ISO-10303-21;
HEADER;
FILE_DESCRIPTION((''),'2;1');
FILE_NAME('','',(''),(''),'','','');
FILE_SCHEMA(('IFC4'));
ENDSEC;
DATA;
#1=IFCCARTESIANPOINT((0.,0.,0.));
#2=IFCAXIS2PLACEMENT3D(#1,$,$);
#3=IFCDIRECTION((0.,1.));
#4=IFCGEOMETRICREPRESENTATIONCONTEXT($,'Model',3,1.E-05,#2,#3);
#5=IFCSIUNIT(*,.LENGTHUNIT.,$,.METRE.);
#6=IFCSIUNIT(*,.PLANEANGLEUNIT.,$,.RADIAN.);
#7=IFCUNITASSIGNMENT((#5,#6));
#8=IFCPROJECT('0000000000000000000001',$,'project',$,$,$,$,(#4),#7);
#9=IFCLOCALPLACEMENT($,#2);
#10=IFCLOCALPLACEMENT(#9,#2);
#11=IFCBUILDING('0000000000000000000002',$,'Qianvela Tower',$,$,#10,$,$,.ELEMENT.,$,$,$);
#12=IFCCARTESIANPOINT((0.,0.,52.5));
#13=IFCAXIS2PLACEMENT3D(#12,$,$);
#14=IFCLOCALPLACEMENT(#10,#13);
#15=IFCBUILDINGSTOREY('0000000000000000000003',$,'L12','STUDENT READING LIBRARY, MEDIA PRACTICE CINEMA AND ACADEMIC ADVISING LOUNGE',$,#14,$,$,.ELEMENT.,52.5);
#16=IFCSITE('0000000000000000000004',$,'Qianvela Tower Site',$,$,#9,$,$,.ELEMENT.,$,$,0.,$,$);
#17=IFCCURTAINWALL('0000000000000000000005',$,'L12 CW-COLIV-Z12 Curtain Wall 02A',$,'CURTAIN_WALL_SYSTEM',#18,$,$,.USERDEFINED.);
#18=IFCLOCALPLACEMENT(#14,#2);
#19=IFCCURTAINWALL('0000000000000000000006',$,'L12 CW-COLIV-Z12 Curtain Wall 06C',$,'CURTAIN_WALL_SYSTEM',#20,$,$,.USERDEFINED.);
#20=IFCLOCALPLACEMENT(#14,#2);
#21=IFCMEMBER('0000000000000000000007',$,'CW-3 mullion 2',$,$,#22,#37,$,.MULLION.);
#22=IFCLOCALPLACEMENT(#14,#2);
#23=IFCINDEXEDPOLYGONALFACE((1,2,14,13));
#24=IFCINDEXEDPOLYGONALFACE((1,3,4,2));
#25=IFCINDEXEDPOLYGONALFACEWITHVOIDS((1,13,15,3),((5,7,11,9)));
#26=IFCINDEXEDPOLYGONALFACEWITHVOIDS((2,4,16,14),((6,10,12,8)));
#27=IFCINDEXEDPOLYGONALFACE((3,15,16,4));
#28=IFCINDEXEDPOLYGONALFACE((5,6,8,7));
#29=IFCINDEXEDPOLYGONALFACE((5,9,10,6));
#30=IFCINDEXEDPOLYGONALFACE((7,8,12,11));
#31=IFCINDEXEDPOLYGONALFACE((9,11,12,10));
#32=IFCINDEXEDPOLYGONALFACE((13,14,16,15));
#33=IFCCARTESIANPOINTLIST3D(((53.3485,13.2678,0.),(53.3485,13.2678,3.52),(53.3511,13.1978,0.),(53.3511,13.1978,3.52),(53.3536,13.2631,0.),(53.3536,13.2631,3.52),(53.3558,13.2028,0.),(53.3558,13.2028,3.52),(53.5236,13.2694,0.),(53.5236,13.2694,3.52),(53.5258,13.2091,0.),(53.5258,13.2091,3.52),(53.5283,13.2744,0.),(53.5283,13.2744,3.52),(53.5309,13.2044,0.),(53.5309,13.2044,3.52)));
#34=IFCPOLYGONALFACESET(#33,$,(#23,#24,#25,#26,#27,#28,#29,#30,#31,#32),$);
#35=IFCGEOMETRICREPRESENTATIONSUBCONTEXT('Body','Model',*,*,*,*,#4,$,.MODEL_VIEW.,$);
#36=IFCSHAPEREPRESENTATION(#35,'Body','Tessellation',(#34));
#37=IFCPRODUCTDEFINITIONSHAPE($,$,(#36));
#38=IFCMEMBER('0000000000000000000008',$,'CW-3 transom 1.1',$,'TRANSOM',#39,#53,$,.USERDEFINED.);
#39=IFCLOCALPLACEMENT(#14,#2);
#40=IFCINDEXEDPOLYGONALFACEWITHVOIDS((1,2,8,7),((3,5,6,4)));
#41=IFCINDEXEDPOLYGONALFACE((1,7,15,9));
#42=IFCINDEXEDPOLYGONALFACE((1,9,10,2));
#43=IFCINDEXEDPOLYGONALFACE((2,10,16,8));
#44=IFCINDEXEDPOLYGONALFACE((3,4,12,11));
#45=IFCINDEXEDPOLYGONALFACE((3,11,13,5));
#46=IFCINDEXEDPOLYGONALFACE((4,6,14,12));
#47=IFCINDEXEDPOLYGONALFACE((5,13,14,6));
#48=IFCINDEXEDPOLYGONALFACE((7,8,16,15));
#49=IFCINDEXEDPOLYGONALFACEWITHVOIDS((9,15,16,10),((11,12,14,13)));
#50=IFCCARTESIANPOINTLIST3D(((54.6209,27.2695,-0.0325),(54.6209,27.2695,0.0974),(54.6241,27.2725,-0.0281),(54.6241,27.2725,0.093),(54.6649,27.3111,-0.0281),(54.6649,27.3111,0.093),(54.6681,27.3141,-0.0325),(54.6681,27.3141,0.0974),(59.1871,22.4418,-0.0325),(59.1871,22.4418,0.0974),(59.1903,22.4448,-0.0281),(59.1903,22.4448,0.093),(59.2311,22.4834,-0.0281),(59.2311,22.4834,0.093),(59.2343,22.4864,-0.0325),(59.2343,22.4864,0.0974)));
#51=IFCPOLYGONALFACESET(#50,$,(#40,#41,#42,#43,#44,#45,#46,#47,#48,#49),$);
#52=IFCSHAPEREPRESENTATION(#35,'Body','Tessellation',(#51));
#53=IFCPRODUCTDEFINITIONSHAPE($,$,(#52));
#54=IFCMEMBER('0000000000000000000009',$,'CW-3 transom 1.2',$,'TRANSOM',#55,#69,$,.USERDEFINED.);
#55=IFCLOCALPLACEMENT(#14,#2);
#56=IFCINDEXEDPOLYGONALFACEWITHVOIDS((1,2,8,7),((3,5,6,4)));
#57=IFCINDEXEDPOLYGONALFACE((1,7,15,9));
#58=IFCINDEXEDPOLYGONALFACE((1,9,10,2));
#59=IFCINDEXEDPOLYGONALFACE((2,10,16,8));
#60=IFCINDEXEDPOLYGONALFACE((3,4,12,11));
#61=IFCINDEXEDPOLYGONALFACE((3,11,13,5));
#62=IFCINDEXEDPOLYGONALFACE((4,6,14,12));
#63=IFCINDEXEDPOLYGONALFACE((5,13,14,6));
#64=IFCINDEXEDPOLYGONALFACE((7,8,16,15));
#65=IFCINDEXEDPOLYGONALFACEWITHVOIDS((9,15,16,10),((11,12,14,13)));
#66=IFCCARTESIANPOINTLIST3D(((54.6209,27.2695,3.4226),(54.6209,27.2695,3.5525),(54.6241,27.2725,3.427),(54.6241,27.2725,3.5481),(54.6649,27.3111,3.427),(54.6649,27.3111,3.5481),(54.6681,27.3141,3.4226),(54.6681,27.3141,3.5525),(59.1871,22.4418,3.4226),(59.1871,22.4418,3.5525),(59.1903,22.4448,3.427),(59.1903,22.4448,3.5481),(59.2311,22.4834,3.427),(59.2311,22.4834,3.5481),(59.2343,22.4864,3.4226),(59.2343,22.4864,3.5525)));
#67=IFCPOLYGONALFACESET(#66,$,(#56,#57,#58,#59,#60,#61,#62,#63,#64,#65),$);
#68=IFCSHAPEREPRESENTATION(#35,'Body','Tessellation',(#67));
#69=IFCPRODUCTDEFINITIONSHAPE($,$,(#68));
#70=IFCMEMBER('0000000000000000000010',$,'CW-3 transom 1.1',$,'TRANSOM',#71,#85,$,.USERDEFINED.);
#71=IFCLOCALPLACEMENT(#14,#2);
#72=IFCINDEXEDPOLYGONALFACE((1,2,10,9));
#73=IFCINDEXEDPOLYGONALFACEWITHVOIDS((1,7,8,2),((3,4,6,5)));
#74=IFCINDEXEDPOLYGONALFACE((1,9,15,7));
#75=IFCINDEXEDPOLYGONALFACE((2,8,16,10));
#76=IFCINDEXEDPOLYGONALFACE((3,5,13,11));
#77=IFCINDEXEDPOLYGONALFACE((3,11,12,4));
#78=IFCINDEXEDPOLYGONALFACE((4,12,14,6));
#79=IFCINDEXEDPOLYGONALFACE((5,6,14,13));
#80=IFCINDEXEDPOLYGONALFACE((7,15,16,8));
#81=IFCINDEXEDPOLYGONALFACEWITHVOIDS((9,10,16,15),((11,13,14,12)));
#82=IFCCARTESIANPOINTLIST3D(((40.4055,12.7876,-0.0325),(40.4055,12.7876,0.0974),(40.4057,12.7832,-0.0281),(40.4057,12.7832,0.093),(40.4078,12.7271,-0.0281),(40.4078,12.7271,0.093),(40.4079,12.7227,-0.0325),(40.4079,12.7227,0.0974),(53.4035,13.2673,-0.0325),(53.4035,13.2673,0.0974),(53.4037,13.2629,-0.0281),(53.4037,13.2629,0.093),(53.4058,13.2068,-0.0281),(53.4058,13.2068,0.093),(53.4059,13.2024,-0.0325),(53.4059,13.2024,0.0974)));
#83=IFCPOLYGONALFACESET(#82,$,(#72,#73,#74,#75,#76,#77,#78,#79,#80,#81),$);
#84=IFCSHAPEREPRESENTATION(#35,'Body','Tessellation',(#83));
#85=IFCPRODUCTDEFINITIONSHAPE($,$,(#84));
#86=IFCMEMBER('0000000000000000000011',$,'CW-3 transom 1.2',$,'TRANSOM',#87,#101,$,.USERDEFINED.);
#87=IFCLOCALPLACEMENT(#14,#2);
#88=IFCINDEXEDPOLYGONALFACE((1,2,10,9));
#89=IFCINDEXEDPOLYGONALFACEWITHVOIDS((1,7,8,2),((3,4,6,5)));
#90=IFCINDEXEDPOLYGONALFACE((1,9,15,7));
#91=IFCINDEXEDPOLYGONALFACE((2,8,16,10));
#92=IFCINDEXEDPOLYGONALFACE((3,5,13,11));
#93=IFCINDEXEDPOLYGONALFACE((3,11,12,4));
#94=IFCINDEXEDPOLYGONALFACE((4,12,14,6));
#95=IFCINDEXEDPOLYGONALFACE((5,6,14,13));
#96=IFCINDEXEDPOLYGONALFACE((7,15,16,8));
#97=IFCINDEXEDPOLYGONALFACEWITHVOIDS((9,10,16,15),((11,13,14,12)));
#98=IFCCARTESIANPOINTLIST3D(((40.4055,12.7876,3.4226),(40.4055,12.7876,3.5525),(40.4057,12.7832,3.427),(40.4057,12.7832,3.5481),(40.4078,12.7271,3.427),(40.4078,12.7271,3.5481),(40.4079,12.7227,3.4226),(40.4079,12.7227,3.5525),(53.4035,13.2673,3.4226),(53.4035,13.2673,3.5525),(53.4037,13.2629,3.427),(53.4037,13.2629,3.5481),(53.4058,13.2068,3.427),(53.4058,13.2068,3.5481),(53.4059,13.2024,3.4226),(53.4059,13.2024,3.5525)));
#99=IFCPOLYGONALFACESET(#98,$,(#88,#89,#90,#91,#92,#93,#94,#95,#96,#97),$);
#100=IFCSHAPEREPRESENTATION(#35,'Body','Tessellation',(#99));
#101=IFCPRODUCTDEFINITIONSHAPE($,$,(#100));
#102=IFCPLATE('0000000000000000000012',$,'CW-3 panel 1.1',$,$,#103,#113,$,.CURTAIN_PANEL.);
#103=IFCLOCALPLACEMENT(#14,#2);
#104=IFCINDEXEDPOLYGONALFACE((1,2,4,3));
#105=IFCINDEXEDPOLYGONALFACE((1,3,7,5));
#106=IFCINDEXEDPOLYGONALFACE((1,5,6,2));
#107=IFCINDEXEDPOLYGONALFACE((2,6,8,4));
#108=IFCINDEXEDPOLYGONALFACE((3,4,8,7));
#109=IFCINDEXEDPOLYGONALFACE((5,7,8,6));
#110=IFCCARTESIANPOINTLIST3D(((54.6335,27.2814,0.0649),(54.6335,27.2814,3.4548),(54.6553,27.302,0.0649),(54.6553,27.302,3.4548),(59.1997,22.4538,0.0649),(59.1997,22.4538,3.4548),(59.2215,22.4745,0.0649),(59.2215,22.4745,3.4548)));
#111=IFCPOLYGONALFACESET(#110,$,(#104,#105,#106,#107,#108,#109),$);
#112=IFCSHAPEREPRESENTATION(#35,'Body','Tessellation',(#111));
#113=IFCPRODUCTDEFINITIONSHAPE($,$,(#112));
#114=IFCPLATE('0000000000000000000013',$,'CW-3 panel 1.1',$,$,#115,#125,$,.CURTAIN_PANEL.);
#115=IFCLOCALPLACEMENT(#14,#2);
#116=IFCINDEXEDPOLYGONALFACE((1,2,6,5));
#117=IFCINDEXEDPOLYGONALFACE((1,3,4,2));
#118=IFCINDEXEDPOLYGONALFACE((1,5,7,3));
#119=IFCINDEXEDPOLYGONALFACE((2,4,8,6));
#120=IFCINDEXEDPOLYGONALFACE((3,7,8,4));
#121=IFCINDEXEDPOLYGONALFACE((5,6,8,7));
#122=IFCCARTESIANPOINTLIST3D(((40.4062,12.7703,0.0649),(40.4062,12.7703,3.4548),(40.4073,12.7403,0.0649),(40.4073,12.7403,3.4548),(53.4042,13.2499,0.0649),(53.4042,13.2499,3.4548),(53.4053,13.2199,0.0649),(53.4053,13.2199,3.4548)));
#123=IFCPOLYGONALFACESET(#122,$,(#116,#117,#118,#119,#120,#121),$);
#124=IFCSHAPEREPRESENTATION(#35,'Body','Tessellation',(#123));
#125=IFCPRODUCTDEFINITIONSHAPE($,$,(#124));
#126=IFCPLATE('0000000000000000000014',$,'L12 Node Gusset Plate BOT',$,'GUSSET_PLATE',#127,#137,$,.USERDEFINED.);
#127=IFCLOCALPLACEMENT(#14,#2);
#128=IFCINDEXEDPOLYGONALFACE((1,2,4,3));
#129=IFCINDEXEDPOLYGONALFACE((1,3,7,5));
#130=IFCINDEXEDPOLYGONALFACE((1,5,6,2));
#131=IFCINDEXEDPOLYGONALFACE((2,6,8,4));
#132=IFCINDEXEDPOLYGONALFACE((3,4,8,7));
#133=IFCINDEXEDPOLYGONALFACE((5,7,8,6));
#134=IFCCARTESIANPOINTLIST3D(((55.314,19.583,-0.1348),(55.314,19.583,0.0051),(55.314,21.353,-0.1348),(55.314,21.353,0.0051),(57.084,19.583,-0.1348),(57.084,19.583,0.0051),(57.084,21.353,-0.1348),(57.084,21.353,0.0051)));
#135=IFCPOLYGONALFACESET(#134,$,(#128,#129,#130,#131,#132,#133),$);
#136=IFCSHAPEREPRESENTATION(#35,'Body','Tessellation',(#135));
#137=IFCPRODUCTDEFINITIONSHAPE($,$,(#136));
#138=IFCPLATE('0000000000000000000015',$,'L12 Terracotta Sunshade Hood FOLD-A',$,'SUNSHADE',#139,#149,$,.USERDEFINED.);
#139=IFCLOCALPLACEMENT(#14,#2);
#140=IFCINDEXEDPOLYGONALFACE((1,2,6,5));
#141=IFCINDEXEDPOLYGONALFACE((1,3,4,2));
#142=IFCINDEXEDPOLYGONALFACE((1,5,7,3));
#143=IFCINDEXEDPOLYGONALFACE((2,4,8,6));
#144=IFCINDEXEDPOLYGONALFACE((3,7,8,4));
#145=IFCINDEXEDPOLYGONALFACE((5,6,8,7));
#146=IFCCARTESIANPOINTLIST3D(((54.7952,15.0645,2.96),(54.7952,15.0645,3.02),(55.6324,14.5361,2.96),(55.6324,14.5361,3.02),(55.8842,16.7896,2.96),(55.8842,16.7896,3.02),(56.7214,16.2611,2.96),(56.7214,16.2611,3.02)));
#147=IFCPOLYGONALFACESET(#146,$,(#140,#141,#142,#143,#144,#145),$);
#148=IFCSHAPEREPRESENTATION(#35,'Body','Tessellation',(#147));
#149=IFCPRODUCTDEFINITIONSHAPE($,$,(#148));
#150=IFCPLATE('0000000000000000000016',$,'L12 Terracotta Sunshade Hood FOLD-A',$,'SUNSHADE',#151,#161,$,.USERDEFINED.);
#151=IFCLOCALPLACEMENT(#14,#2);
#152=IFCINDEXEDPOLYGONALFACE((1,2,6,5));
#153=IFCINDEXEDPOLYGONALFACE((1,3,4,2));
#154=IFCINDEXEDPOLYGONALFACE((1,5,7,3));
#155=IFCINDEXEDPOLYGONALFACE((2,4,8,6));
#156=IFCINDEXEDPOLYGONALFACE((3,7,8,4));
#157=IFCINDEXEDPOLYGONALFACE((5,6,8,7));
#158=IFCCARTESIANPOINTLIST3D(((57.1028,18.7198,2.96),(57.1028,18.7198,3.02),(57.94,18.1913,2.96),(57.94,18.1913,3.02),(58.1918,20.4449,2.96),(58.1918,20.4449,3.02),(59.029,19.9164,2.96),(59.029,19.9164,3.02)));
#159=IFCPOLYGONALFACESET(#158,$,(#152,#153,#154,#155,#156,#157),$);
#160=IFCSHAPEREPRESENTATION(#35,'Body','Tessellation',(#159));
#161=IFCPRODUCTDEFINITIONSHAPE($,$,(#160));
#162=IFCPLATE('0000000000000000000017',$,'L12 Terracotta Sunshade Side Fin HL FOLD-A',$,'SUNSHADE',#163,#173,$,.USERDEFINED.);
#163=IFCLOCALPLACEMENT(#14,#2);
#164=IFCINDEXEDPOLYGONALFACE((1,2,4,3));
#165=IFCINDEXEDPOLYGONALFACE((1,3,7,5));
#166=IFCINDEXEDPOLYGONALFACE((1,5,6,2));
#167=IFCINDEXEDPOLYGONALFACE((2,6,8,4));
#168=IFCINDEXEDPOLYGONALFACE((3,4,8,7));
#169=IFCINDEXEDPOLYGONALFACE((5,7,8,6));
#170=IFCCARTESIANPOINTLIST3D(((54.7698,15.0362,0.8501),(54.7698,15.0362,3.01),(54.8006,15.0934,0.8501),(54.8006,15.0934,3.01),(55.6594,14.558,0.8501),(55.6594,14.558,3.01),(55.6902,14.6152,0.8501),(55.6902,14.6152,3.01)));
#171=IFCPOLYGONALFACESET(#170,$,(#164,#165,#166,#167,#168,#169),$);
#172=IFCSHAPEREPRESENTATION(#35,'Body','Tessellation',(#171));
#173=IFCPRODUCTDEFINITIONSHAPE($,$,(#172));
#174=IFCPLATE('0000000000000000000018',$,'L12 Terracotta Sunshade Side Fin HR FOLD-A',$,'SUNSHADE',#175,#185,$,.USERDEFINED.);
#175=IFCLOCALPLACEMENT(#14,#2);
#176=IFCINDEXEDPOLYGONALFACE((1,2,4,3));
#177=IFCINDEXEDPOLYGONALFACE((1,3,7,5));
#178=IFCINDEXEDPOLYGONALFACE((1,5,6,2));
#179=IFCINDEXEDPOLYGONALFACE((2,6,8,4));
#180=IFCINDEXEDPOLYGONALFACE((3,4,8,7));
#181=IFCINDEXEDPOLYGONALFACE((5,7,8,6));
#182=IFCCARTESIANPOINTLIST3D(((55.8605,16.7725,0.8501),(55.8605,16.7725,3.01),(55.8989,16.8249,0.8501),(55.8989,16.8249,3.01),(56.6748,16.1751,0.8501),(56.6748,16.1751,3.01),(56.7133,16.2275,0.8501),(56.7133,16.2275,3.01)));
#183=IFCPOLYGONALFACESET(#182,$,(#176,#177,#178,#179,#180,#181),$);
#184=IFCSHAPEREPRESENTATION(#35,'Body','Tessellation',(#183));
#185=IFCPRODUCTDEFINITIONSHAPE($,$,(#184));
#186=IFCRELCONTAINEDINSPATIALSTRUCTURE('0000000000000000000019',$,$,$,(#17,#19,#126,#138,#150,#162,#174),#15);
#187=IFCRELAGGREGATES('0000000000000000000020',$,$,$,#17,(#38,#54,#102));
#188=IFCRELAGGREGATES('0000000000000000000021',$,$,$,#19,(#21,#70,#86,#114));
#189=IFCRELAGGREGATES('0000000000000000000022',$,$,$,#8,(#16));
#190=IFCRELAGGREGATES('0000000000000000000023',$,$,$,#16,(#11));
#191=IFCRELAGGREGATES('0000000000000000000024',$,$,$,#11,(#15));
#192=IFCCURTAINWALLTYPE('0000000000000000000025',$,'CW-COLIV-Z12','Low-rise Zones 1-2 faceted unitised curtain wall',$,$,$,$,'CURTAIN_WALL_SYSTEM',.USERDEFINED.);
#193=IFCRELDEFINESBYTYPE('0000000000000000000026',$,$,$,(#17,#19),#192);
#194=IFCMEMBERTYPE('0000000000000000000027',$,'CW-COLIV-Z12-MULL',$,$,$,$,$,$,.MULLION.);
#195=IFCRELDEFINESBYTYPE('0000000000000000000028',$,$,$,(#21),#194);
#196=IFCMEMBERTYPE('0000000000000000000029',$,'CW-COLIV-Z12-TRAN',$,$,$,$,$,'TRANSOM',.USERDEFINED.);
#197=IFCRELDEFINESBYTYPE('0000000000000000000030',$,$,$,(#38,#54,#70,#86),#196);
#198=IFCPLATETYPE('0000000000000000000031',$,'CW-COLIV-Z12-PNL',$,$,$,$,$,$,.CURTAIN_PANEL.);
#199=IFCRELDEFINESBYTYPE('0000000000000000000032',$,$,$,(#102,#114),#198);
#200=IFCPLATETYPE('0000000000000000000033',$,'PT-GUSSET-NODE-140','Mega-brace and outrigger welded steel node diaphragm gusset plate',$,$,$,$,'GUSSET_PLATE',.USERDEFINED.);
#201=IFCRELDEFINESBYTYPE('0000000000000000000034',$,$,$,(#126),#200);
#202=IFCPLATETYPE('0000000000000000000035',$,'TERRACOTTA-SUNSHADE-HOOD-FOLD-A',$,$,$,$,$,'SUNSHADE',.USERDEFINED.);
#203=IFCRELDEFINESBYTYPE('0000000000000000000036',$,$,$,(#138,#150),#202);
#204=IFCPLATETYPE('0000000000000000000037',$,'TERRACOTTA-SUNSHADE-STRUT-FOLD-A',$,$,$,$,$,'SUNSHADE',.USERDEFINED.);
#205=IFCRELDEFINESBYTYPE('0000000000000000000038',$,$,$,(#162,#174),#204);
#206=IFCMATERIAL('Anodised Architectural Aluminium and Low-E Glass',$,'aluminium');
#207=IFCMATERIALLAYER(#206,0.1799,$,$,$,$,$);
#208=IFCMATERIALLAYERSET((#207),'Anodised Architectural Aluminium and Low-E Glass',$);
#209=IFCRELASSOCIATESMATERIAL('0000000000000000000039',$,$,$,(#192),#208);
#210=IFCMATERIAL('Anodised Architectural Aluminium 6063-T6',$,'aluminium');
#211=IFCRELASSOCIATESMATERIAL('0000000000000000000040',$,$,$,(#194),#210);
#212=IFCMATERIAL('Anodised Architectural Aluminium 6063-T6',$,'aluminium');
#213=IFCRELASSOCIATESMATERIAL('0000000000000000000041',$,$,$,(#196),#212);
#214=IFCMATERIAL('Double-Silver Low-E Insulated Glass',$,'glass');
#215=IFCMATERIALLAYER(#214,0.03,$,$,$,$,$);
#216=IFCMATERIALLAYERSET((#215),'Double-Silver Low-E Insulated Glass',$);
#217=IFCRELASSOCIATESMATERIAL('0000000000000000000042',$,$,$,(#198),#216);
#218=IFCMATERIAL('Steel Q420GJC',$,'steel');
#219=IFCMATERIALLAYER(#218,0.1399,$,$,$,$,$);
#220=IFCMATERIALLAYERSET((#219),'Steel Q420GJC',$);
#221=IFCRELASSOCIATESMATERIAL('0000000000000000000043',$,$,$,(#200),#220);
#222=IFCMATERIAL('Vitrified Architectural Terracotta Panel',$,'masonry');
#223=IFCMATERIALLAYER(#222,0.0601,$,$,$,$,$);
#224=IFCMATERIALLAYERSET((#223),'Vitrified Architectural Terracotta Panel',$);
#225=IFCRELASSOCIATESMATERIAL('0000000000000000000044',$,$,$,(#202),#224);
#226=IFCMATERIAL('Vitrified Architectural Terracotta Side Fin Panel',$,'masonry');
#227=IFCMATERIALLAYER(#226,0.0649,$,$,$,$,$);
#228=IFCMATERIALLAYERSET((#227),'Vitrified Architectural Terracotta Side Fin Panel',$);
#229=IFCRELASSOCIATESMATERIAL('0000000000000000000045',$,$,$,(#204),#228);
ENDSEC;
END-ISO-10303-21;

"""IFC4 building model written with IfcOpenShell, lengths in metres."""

from ifc_helpers import new_model, si_unit, direction, frame, origin, origin_2d, place, context, subcontext, project, spatial, rectangle, hollow_rectangle, extrude, material, layer, layer_set, material_profile, profile_set, type_object, element, aggregate, save


model = new_model("IFC4")

# Units and contexts
model_context = context("Model", 3, precision=1e-05, world=origin(), true_north=direction((0.0, 1.0)))
body_context = subcontext(model_context, "Body", "Model", "MODEL_VIEW")
ifc_project = project(units=[si_unit("LENGTHUNIT", "METRE"), si_unit("PLANEANGLEUNIT", "RADIAN")], contexts=[model_context])

# Site, building, storey
site_placement = place(None, origin())
site = spatial("IfcSite", under=ifc_project, at=site_placement, Name="Qianvela Tower Site", CompositionType="ELEMENT", RefElevation=0.0)
building_placement = place(site_placement, origin())
building = spatial("IfcBuilding", under=site, at=building_placement, Name="Qianvela Tower", CompositionType="ELEMENT")
storey_placement = place(building_placement, frame((0.0, 0.0, 52.5)))
storey = spatial("IfcBuildingStorey", under=building, at=storey_placement, Name="L12", Description="STUDENT READING LIBRARY, MEDIA PRACTICE CINEMA AND ACADEMIC ADVISING LOUNGE", CompositionType="ELEMENT", Elevation=52.5)

# Curtain walls, member
ifc_material_1 = material(Name="Anodised Architectural Aluminium and Low-E Glass", Category="aluminium")
ifc_layer_1 = layer(ifc_material_1, 0.1799)
ifc_layer_set_1 = layer_set([ifc_layer_1], Name="Anodised Architectural Aluminium and Low-E Glass")
curtain_wall_type = type_object("IfcCurtainWallType", Name="CW-COLIV-Z12", Description="Low-rise Zones 1-2 faceted unitised curtain wall", ElementType="CURTAIN_WALL_SYSTEM", PredefinedType="USERDEFINED", material=ifc_layer_set_1)
curtain_wall_1_placement = place(storey_placement, origin())
curtain_wall_1 = element("IfcCurtainWall", 1, at=curtain_wall_1_placement, inside=storey, type_object=curtain_wall_type, Name="L12 CW-COLIV-Z12 Curtain Wall 02A", ObjectType="CURTAIN_WALL_SYSTEM", PredefinedType="USERDEFINED")
ifc_material_2 = material(Name="Anodised Architectural Aluminium 6063-T6", Category="aluminium")
ifc_material_profile_1 = material_profile(ifc_material_2, hollow_rectangle(XDim=0.0701, YDim=0.1799, WallThickness=0.0049, at=origin_2d()), Name="ALU-MULL-70x180")
ifc_profile_set_1 = profile_set([ifc_material_profile_1], Name="Anodised Architectural Aluminium 6063-T6")
member_type_1 = type_object("IfcMemberType", Name="CW-COLIV-Z12-MULL", PredefinedType="MULLION", material=ifc_profile_set_1)
curtain_wall_2_placement = place(storey_placement, origin())
curtain_wall_2 = element("IfcCurtainWall", 2, at=curtain_wall_2_placement, inside=storey, type_object=curtain_wall_type, Name="L12 CW-COLIV-Z12 Curtain Wall 06C", ObjectType="CURTAIN_WALL_SYSTEM", PredefinedType="USERDEFINED")
member_1_placement = place(storey_placement, frame((53.4397, 13.2361, 0.0), z_axis=(0.0, 0.0, 1.0), x_axis=(-0.036876, 0.99932, 0.0)))
member_1 = element("IfcMember", 3, at=member_1_placement, type_object=member_type_1, Name="CW-3 mullion 2", PredefinedType="MULLION", context=body_context, shape_type="SweptSolid", body=[
    extrude(hollow_rectangle(XDim=0.0701, YDim=0.1799, WallThickness=0.0049, at=origin_2d()), origin(), (0.0, 0.0, 1.0), 3.52),
])

# Members
ifc_material_3 = material(Name="Anodised Architectural Aluminium 6063-T6", Category="aluminium")
ifc_material_profile_2 = material_profile(ifc_material_3, hollow_rectangle(XDim=0.0649, YDim=0.1299, WallThickness=0.0044, at=origin_2d()), Name="ALU-TRAN-65x130")
ifc_profile_set_2 = profile_set([ifc_material_profile_2], Name="Anodised Architectural Aluminium 6063-T6")
member_type_2 = type_object("IfcMemberType", Name="CW-COLIV-Z12-TRAN", ElementType="TRANSOM", PredefinedType="USERDEFINED", material=ifc_profile_set_2)
member_2_placement = place(storey_placement, frame((59.2107, 22.4641, 0.0325), z_axis=(-0.687158, 0.726508, 0.0), x_axis=(-0.726508, -0.687158, 0.0)))
member_2 = element("IfcMember", 4, at=member_2_placement, type_object=member_type_2, Name="CW-3 transom 1.1", ObjectType="TRANSOM", PredefinedType="USERDEFINED", context=body_context, shape_type="SweptSolid", body=[
    extrude(hollow_rectangle(XDim=0.0649, YDim=0.1299, WallThickness=0.0044, at=origin_2d()), origin(), (0.0, 0.0, 1.0), 6.645),
])
member_3_placement = place(storey_placement, frame((59.2107, 22.4641, 3.4875), z_axis=(-0.687158, 0.726508, 0.0), x_axis=(-0.726508, -0.687158, 0.0)))
member_3 = element("IfcMember", 5, at=member_3_placement, type_object=member_type_2, Name="CW-3 transom 1.2", ObjectType="TRANSOM", PredefinedType="USERDEFINED", context=body_context, shape_type="SweptSolid", body=[
    extrude(hollow_rectangle(XDim=0.0649, YDim=0.1299, WallThickness=0.0044, at=origin_2d()), origin(), (0.0, 0.0, 1.0), 6.645),
])
member_4_placement = place(storey_placement, frame((40.4067, 12.7551, 0.0325), z_axis=(0.99932, 0.036883, 0.0), x_axis=(-0.036883, 0.99932, 0.0)))
member_4 = element("IfcMember", 6, at=member_4_placement, type_object=member_type_2, Name="CW-3 transom 1.1", ObjectType="TRANSOM", PredefinedType="USERDEFINED", context=body_context, shape_type="SweptSolid", body=[
    extrude(hollow_rectangle(XDim=0.0649, YDim=0.1299, WallThickness=0.0044, at=origin_2d()), origin(), (0.0, 0.0, 1.0), 13.0068),
])
member_5_placement = place(storey_placement, frame((40.4067, 12.7551, 3.4875), z_axis=(0.99932, 0.036883, 0.0), x_axis=(-0.036883, 0.99932, 0.0)))
member_5 = element("IfcMember", 7, at=member_5_placement, type_object=member_type_2, Name="CW-3 transom 1.2", ObjectType="TRANSOM", PredefinedType="USERDEFINED", context=body_context, shape_type="SweptSolid", body=[
    extrude(hollow_rectangle(XDim=0.0649, YDim=0.1299, WallThickness=0.0044, at=origin_2d()), origin(), (0.0, 0.0, 1.0), 13.0068),
])

# Plates
ifc_material_4 = material(Name="Double-Silver Low-E Insulated Glass", Category="glass")
ifc_layer_2 = layer(ifc_material_4, 0.03)
ifc_layer_set_2 = layer_set([ifc_layer_2], Name="Double-Silver Low-E Insulated Glass")
plate_type_1 = type_object("IfcPlateType", Name="CW-COLIV-Z12-PNL", PredefinedType="CURTAIN_PANEL", material=ifc_layer_set_2)
plate_1_placement = place(storey_placement, frame((56.9275, 24.8779, 0.0649), z_axis=(0.0, 0.0, 1.0), x_axis=(-0.68717, 0.726496, 0.0)))
plate_1 = element("IfcPlate", 8, at=plate_1_placement, type_object=plate_type_1, Name="CW-3 panel 1.1", PredefinedType="CURTAIN_PANEL", context=body_context, shape_type="SweptSolid", body=[
    extrude(rectangle(XDim=6.645, YDim=0.03, at=origin_2d()), origin(), (0.0, 0.0, 1.0), 3.3899),
])
aggregate(curtain_wall_1, [member_2, member_3, plate_1])
plate_2_placement = place(storey_placement, frame((46.9058, 12.9951, 0.0649), z_axis=(0.0, 0.0, 1.0), x_axis=(0.99932, 0.036876, 0.0)))
plate_2 = element("IfcPlate", 9, at=plate_2_placement, type_object=plate_type_1, Name="CW-3 panel 1.1", PredefinedType="CURTAIN_PANEL", context=body_context, shape_type="SweptSolid", body=[
    extrude(rectangle(XDim=13.0068, YDim=0.03, at=origin_2d()), origin(), (0.0, 0.0, 1.0), 3.3899),
])
aggregate(curtain_wall_2, [member_1, member_4, member_5, plate_2])

# Plates
ifc_material_5 = material(Name="Steel Q420GJC", Category="steel")
ifc_layer_3 = layer(ifc_material_5, 0.1399)
ifc_layer_set_3 = layer_set([ifc_layer_3], Name="Steel Q420GJC")
plate_type_2 = type_object("IfcPlateType", Name="PT-GUSSET-NODE-140", Description="Mega-brace and outrigger welded steel node diaphragm gusset plate", ElementType="GUSSET_PLATE", PredefinedType="USERDEFINED", material=ifc_layer_set_3)
plate_3_placement = place(storey_placement, frame((56.199, 20.468, -0.1348), z_axis=(0.0, 0.0, 1.0), x_axis=(1.0, 0.0, 0.0)))
element("IfcPlate", 10, at=plate_3_placement, inside=storey, type_object=plate_type_2, Name="L12 Node Gusset Plate BOT", ObjectType="GUSSET_PLATE", PredefinedType="USERDEFINED", context=body_context, shape_type="SweptSolid", body=[
    extrude(rectangle(XDim=1.77, YDim=1.77, at=origin_2d()), origin(), (0.0, 0.0, 1.0), 0.1399),
])
ifc_material_6 = material(Name="Vitrified Architectural Terracotta Panel", Category="masonry")
ifc_layer_4 = layer(ifc_material_6, 0.0601)
ifc_layer_set_4 = layer_set([ifc_layer_4], Name="Vitrified Architectural Terracotta Panel")
plate_type_3 = type_object("IfcPlateType", Name="TERRACOTTA-SUNSHADE-HOOD-FOLD-A", ElementType="SUNSHADE", PredefinedType="USERDEFINED", material=ifc_layer_set_4)
for number, where, z_axis, x_axis, name in (
    (11, (55.7583, 15.6628, 2.96), (0.0, 0.0, 1.0), (0.533812, 0.845603, 0.0), "L12 Terracotta Sunshade Hood FOLD-A"),
    (12, (58.0659, 19.3181, 2.96), (0.0, 0.0, 1.0), (0.533812, 0.845603, 0.0), "L12 Terracotta Sunshade Hood FOLD-A"),
):
    element("IfcPlate", number, at=place(storey_placement, frame(where, z_axis=z_axis, x_axis=x_axis)), inside=storey, type_object=plate_type_3, Name=name, ObjectType="SUNSHADE", PredefinedType="USERDEFINED", context=body_context, shape_type="SweptSolid", body=[
        extrude(rectangle(XDim=2.04, YDim=0.99, at=origin_2d()), origin(), (0.0, 0.0, 1.0), 0.0601),
    ])
ifc_material_7 = material(Name="Vitrified Architectural Terracotta Side Fin Panel", Category="masonry")
ifc_layer_5 = layer(ifc_material_7, 0.0649)
ifc_layer_set_5 = layer_set([ifc_layer_5], Name="Vitrified Architectural Terracotta Side Fin Panel")
plate_type_4 = type_object("IfcPlateType", Name="TERRACOTTA-SUNSHADE-STRUT-FOLD-A", ElementType="SUNSHADE", PredefinedType="USERDEFINED", material=ifc_layer_set_5)
for number, where, z_axis, x_axis, name in (
    (13, (55.23, 14.8257, 0.8501), (0.0, 0.0, 1.0), (0.473526, 0.88078, 0.0), "L12 Terracotta Sunshade Side Fin HL FOLD-A"),
    (14, (56.2869, 16.5, 0.8501), (0.0, 0.0, 1.0), (0.591498, 0.806306, 0.0), "L12 Terracotta Sunshade Side Fin HR FOLD-A"),
):
    element("IfcPlate", number, at=place(storey_placement, frame(where, z_axis=z_axis, x_axis=x_axis)), inside=storey, type_object=plate_type_4, Name=name, ObjectType="SUNSHADE", PredefinedType="USERDEFINED", context=body_context, shape_type="SweptSolid", body=[
        extrude(rectangle(XDim=0.0649, YDim=1.01, at=origin_2d()), origin(), (0.0, 0.0, 1.0), 2.1599),
    ])

save(model, "model.ifc")
